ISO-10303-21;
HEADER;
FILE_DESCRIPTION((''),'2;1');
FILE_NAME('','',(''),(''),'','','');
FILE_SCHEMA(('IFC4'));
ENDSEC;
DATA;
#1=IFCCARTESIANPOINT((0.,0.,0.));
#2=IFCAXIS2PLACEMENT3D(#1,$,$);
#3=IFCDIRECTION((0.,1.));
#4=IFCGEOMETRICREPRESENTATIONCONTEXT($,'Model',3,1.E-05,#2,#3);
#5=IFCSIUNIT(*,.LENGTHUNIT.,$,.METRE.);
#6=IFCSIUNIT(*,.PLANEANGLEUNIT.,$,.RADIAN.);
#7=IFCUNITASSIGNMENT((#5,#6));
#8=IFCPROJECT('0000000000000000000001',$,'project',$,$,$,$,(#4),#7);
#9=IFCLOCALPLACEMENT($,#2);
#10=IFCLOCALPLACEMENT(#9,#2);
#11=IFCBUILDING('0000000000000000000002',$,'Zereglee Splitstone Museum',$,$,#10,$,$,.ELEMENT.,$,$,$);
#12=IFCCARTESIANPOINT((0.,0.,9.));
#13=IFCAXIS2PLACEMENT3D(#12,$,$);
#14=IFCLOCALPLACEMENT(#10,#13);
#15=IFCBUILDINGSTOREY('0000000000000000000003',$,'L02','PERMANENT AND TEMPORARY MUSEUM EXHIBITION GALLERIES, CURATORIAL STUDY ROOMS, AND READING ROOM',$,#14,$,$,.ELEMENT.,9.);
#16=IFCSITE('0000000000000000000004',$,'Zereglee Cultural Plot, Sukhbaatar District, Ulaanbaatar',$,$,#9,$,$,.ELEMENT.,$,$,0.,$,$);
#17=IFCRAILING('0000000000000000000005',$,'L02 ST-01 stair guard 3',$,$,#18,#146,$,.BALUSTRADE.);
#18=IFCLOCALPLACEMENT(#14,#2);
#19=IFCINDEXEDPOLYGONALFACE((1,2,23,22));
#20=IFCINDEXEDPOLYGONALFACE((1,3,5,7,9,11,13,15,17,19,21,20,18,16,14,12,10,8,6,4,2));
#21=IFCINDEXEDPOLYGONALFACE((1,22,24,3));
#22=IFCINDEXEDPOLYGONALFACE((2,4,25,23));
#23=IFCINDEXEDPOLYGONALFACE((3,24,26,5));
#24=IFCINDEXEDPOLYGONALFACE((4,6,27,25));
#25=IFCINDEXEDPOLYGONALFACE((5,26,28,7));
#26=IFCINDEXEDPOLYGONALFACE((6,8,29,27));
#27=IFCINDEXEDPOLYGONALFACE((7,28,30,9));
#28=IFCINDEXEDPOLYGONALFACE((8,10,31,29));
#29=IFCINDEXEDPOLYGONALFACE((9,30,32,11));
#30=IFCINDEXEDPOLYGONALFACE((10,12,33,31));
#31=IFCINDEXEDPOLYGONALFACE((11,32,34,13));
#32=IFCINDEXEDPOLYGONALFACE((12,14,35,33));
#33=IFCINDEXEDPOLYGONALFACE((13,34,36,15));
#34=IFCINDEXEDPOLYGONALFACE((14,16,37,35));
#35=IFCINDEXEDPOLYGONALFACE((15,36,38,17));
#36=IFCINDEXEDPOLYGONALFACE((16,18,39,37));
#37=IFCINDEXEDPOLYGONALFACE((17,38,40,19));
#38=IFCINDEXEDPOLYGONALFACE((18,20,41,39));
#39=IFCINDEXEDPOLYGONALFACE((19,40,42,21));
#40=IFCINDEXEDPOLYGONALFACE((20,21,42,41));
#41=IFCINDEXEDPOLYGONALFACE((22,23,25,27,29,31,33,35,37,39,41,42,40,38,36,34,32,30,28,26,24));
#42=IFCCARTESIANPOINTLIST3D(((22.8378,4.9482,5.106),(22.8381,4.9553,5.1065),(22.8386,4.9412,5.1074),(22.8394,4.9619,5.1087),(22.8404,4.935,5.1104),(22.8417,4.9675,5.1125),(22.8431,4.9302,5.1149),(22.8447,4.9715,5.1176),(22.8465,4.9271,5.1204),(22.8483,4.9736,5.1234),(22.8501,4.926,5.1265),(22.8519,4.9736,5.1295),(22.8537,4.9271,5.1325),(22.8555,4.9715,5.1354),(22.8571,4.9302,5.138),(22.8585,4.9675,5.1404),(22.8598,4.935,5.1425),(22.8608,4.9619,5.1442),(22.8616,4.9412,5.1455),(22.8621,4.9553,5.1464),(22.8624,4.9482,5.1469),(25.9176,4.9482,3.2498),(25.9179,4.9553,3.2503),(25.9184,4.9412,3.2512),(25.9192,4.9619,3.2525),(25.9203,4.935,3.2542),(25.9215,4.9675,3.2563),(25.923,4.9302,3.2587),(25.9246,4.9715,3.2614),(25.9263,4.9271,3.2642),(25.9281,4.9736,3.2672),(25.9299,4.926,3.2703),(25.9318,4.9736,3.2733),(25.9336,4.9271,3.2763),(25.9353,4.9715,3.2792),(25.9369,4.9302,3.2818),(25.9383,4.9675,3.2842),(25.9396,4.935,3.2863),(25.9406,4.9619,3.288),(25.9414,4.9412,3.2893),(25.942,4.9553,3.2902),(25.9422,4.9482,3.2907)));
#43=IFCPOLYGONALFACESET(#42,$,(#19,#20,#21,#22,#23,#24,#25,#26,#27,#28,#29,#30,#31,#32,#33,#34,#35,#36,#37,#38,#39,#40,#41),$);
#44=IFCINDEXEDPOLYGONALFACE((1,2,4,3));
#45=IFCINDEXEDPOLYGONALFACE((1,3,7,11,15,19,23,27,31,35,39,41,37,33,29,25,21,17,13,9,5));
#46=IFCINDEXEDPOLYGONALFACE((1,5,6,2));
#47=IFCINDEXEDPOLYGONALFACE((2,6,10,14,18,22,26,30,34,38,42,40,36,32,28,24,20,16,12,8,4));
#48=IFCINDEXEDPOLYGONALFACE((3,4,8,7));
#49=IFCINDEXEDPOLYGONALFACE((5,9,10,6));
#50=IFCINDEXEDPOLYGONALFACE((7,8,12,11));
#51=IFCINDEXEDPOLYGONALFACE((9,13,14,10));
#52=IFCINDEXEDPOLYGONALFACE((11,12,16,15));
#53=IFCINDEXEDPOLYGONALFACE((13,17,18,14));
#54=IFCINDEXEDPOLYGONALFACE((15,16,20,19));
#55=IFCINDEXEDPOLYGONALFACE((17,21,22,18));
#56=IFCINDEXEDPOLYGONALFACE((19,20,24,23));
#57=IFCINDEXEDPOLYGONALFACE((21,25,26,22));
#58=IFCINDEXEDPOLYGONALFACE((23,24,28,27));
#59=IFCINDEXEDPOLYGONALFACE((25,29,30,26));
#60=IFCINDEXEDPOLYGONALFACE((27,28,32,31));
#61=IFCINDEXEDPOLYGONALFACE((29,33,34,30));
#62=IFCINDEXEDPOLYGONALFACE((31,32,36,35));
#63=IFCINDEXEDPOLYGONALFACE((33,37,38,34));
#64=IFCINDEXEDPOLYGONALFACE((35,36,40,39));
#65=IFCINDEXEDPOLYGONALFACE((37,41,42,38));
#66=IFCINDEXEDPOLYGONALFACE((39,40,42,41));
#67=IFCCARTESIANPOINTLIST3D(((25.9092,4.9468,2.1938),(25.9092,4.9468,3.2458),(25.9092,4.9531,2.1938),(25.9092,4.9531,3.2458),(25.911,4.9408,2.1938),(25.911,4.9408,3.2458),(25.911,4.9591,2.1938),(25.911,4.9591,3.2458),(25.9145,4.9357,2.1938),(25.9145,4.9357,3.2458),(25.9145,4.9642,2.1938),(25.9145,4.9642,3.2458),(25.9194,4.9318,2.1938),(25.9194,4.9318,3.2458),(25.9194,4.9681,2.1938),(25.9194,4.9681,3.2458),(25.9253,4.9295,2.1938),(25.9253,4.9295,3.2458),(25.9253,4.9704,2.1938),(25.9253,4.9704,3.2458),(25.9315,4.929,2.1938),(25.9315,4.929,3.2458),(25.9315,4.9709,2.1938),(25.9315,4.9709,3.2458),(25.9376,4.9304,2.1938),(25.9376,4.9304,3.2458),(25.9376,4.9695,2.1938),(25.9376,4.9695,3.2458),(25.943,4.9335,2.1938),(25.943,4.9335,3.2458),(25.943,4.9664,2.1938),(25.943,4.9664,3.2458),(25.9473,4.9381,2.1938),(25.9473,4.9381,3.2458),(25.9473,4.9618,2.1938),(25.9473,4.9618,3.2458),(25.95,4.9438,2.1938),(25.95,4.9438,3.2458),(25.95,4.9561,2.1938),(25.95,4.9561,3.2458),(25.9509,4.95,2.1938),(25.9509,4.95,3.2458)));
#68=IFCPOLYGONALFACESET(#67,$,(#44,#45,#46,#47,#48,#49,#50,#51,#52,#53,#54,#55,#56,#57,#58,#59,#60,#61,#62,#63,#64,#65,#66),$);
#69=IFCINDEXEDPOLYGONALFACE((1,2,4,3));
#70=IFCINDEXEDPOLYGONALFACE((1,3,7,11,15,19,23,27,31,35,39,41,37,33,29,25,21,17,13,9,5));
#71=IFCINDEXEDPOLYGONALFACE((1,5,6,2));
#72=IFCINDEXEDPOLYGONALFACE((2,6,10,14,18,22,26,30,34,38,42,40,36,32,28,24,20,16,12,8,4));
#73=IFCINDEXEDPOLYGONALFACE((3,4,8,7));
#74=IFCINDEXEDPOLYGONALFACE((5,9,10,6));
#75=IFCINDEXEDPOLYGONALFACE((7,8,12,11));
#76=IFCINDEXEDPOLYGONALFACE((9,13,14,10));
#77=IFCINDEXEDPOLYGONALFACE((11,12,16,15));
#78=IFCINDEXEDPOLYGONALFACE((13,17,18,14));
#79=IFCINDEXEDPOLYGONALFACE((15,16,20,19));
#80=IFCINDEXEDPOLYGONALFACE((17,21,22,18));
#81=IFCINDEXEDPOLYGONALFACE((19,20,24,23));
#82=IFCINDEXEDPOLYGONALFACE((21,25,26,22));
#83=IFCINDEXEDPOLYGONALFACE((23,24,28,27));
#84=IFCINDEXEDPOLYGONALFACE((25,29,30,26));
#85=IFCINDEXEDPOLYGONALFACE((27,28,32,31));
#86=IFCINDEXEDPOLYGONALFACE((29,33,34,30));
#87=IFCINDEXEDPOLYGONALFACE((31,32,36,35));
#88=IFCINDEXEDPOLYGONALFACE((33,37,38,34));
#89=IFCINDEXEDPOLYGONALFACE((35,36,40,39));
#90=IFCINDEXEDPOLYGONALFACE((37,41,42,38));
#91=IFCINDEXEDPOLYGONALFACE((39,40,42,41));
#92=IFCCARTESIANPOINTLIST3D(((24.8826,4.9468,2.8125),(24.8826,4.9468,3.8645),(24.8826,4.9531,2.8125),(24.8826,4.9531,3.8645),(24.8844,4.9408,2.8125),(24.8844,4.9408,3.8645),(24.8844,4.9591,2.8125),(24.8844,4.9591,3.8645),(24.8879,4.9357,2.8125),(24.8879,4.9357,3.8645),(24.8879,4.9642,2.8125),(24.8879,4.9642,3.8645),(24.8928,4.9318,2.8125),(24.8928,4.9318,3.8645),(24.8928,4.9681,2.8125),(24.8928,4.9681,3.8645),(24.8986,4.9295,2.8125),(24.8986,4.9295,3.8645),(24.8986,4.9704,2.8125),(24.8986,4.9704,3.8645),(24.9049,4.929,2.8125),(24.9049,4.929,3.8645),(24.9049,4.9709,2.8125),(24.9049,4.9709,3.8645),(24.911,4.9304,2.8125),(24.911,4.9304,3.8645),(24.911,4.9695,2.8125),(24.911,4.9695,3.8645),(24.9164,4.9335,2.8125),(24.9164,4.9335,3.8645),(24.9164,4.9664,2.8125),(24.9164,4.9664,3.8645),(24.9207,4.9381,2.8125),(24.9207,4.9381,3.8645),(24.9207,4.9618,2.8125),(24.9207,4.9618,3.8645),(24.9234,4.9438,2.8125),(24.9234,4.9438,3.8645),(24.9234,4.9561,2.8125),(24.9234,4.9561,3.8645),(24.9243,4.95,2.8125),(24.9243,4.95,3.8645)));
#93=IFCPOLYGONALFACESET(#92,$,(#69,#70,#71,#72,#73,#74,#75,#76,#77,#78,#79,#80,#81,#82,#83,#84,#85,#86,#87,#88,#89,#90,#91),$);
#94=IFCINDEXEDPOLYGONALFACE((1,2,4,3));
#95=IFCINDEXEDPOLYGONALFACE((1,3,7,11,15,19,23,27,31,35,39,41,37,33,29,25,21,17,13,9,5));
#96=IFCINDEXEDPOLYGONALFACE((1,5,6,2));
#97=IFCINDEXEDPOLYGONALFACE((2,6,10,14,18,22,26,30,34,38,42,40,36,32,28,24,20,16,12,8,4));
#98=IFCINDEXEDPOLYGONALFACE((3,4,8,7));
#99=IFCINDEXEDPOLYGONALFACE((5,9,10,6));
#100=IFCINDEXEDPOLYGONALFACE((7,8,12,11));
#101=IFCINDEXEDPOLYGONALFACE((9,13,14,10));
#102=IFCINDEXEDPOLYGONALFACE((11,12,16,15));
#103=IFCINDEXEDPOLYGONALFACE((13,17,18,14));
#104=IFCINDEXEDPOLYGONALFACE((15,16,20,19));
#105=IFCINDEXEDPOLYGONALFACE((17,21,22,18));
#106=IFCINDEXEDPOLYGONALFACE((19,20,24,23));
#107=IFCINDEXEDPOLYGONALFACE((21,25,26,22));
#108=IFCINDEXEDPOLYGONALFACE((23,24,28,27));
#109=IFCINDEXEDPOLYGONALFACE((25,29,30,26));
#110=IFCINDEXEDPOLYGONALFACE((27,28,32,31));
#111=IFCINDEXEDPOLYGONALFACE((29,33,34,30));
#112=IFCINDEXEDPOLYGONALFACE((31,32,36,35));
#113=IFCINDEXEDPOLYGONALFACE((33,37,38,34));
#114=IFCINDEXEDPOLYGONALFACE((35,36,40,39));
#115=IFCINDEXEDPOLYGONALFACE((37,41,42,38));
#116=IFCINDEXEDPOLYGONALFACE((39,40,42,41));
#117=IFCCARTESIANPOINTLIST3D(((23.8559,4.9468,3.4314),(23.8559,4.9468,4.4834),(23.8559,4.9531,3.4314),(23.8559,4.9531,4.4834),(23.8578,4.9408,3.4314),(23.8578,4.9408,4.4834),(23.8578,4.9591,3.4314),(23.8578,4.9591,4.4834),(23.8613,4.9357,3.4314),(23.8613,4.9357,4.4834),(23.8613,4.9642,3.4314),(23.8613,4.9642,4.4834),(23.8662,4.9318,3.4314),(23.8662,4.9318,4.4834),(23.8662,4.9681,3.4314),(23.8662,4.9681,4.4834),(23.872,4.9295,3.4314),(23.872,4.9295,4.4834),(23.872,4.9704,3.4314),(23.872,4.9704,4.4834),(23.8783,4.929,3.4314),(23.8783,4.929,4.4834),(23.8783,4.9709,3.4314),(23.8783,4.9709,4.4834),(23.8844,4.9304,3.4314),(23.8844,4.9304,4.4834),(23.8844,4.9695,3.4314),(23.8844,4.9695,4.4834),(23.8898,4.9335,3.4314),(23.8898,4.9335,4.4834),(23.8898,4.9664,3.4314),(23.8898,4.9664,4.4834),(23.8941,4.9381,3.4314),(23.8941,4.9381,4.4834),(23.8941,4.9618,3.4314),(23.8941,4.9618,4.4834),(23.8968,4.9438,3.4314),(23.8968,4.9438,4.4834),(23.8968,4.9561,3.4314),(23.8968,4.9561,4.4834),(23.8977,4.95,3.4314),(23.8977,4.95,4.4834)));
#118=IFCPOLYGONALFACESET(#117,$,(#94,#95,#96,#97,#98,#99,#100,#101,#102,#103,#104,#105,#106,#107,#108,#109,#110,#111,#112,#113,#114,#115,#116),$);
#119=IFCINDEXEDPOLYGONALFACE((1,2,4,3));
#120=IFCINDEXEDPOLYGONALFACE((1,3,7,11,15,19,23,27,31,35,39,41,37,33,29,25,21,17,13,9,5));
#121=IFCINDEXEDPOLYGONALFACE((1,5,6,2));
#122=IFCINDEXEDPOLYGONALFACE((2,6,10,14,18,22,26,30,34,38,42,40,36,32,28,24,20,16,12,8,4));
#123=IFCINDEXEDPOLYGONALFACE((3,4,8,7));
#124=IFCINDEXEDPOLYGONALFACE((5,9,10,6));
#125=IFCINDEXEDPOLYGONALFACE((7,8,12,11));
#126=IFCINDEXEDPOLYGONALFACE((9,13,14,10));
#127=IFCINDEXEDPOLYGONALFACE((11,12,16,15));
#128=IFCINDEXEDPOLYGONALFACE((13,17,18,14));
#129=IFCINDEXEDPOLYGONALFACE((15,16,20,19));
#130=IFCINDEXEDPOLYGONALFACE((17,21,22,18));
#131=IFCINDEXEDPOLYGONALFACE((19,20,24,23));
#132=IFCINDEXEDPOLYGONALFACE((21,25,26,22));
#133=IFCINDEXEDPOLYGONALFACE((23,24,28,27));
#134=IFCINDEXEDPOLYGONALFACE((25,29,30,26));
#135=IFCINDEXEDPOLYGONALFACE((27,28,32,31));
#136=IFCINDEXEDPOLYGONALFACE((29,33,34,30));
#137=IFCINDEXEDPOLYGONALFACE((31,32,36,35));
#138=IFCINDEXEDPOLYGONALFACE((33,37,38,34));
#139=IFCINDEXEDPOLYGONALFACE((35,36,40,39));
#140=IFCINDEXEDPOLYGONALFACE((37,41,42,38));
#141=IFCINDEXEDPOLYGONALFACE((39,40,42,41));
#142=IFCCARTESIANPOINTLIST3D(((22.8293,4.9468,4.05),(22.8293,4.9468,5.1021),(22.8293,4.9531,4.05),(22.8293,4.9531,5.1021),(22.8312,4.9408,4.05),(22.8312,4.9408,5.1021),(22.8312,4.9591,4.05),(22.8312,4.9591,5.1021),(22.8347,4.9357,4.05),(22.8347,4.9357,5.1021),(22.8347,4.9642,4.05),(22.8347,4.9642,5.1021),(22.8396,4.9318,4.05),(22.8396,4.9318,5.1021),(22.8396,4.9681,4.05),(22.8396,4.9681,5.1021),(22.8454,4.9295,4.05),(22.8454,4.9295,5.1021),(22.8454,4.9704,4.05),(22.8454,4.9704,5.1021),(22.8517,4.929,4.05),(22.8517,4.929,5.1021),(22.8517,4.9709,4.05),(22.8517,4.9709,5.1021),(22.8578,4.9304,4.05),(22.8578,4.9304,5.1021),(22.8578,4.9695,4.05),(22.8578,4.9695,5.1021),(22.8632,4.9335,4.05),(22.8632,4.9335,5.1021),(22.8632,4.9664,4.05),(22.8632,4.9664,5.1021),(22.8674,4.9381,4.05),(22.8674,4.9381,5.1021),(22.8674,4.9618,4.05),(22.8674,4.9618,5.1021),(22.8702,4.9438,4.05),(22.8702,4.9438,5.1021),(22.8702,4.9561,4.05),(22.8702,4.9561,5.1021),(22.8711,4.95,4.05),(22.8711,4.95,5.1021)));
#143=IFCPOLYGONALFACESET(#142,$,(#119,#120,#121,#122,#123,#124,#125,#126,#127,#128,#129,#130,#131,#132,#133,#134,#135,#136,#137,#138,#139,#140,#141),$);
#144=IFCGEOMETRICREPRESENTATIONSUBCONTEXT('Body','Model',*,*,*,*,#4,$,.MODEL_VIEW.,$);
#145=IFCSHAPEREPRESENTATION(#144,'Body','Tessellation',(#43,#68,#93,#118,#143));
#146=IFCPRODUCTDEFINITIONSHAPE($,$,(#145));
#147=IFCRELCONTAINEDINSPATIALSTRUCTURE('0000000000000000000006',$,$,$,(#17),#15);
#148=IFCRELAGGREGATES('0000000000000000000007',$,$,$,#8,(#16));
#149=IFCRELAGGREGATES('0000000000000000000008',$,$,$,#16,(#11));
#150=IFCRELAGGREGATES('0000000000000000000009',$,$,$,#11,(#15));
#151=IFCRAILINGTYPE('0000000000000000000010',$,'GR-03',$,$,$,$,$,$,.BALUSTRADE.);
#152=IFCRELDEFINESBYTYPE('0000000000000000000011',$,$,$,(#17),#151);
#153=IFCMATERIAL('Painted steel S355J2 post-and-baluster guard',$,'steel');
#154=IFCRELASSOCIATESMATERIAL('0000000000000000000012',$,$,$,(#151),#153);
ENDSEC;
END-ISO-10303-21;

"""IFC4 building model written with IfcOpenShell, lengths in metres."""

from ifc_helpers import new_model, si_unit, direction, frame, origin, origin_2d, place, context, subcontext, project, spatial, circle, extrude, material, type_object, element, save


model = new_model("IFC4")

# Units and contexts
model_context = context("Model", 3, precision=1e-05, world=origin(), true_north=direction((0.0, 1.0)))
body_context = subcontext(model_context, "Body", "Model", "MODEL_VIEW")
ifc_project = project(units=[si_unit("LENGTHUNIT", "METRE"), si_unit("PLANEANGLEUNIT", "RADIAN")], contexts=[model_context])

# Site, building, storey
site_placement = place(None, origin())
site = spatial("IfcSite", under=ifc_project, at=site_placement, Name="Zereglee Cultural Plot, Sukhbaatar District, Ulaanbaatar", CompositionType="ELEMENT", RefElevation=0.0)
building_placement = place(site_placement, origin())
building = spatial("IfcBuilding", under=site, at=building_placement, Name="Zereglee Splitstone Museum", CompositionType="ELEMENT")
storey_placement = place(building_placement, frame((0.0, 0.0, 9.0)))
storey = spatial("IfcBuildingStorey", under=building, at=storey_placement, Name="L02", Description="PERMANENT AND TEMPORARY MUSEUM EXHIBITION GALLERIES, CURATORIAL STUDY ROOMS, AND READING ROOM", CompositionType="ELEMENT", Elevation=9.0)

# Railing
ifc_material_1 = material(Name="Painted steel S355J2 post-and-baluster guard", Category="steel")
railing_type_1 = type_object("IfcRailingType", Name="GR-03", PredefinedType="BALUSTRADE", material=ifc_material_1)
railing_1_placement = place(storey_placement, frame((25.9299, 4.95, 2.1938)))
element("IfcRailing", 1, at=railing_1_placement, inside=storey, type_object=railing_type_1, Name="L02 ST-01 stair guard 3", PredefinedType="BALUSTRADE", context=body_context, shape_type="SweptSolid", body=[
    extrude(circle(Radius=0.0239, at=origin_2d()), frame((0.0, 0.0, 1.0764), z_axis=(-0.856473, 0.0, 0.516192), x_axis=(0.0, -1.0, 0.0)), (0.0, 0.0, 1.0), 3.5959),
    extrude(circle(Radius=0.021, at=origin_2d()), origin(), (0.0, 0.0, 1.0), 1.052),
    extrude(circle(Radius=0.021, at=origin_2d()), frame((-1.0266, 0.0, 0.6187)), (0.0, 0.0, 1.0), 1.052),
    extrude(circle(Radius=0.021, at=origin_2d()), frame((-2.0532, 0.0, 1.2375)), (0.0, 0.0, 1.0), 1.052),
    extrude(circle(Radius=0.021, at=origin_2d()), frame((-3.0798, 0.0, 1.8562)), (0.0, 0.0, 1.0), 1.052),
])

save(model, "model.ifc")
